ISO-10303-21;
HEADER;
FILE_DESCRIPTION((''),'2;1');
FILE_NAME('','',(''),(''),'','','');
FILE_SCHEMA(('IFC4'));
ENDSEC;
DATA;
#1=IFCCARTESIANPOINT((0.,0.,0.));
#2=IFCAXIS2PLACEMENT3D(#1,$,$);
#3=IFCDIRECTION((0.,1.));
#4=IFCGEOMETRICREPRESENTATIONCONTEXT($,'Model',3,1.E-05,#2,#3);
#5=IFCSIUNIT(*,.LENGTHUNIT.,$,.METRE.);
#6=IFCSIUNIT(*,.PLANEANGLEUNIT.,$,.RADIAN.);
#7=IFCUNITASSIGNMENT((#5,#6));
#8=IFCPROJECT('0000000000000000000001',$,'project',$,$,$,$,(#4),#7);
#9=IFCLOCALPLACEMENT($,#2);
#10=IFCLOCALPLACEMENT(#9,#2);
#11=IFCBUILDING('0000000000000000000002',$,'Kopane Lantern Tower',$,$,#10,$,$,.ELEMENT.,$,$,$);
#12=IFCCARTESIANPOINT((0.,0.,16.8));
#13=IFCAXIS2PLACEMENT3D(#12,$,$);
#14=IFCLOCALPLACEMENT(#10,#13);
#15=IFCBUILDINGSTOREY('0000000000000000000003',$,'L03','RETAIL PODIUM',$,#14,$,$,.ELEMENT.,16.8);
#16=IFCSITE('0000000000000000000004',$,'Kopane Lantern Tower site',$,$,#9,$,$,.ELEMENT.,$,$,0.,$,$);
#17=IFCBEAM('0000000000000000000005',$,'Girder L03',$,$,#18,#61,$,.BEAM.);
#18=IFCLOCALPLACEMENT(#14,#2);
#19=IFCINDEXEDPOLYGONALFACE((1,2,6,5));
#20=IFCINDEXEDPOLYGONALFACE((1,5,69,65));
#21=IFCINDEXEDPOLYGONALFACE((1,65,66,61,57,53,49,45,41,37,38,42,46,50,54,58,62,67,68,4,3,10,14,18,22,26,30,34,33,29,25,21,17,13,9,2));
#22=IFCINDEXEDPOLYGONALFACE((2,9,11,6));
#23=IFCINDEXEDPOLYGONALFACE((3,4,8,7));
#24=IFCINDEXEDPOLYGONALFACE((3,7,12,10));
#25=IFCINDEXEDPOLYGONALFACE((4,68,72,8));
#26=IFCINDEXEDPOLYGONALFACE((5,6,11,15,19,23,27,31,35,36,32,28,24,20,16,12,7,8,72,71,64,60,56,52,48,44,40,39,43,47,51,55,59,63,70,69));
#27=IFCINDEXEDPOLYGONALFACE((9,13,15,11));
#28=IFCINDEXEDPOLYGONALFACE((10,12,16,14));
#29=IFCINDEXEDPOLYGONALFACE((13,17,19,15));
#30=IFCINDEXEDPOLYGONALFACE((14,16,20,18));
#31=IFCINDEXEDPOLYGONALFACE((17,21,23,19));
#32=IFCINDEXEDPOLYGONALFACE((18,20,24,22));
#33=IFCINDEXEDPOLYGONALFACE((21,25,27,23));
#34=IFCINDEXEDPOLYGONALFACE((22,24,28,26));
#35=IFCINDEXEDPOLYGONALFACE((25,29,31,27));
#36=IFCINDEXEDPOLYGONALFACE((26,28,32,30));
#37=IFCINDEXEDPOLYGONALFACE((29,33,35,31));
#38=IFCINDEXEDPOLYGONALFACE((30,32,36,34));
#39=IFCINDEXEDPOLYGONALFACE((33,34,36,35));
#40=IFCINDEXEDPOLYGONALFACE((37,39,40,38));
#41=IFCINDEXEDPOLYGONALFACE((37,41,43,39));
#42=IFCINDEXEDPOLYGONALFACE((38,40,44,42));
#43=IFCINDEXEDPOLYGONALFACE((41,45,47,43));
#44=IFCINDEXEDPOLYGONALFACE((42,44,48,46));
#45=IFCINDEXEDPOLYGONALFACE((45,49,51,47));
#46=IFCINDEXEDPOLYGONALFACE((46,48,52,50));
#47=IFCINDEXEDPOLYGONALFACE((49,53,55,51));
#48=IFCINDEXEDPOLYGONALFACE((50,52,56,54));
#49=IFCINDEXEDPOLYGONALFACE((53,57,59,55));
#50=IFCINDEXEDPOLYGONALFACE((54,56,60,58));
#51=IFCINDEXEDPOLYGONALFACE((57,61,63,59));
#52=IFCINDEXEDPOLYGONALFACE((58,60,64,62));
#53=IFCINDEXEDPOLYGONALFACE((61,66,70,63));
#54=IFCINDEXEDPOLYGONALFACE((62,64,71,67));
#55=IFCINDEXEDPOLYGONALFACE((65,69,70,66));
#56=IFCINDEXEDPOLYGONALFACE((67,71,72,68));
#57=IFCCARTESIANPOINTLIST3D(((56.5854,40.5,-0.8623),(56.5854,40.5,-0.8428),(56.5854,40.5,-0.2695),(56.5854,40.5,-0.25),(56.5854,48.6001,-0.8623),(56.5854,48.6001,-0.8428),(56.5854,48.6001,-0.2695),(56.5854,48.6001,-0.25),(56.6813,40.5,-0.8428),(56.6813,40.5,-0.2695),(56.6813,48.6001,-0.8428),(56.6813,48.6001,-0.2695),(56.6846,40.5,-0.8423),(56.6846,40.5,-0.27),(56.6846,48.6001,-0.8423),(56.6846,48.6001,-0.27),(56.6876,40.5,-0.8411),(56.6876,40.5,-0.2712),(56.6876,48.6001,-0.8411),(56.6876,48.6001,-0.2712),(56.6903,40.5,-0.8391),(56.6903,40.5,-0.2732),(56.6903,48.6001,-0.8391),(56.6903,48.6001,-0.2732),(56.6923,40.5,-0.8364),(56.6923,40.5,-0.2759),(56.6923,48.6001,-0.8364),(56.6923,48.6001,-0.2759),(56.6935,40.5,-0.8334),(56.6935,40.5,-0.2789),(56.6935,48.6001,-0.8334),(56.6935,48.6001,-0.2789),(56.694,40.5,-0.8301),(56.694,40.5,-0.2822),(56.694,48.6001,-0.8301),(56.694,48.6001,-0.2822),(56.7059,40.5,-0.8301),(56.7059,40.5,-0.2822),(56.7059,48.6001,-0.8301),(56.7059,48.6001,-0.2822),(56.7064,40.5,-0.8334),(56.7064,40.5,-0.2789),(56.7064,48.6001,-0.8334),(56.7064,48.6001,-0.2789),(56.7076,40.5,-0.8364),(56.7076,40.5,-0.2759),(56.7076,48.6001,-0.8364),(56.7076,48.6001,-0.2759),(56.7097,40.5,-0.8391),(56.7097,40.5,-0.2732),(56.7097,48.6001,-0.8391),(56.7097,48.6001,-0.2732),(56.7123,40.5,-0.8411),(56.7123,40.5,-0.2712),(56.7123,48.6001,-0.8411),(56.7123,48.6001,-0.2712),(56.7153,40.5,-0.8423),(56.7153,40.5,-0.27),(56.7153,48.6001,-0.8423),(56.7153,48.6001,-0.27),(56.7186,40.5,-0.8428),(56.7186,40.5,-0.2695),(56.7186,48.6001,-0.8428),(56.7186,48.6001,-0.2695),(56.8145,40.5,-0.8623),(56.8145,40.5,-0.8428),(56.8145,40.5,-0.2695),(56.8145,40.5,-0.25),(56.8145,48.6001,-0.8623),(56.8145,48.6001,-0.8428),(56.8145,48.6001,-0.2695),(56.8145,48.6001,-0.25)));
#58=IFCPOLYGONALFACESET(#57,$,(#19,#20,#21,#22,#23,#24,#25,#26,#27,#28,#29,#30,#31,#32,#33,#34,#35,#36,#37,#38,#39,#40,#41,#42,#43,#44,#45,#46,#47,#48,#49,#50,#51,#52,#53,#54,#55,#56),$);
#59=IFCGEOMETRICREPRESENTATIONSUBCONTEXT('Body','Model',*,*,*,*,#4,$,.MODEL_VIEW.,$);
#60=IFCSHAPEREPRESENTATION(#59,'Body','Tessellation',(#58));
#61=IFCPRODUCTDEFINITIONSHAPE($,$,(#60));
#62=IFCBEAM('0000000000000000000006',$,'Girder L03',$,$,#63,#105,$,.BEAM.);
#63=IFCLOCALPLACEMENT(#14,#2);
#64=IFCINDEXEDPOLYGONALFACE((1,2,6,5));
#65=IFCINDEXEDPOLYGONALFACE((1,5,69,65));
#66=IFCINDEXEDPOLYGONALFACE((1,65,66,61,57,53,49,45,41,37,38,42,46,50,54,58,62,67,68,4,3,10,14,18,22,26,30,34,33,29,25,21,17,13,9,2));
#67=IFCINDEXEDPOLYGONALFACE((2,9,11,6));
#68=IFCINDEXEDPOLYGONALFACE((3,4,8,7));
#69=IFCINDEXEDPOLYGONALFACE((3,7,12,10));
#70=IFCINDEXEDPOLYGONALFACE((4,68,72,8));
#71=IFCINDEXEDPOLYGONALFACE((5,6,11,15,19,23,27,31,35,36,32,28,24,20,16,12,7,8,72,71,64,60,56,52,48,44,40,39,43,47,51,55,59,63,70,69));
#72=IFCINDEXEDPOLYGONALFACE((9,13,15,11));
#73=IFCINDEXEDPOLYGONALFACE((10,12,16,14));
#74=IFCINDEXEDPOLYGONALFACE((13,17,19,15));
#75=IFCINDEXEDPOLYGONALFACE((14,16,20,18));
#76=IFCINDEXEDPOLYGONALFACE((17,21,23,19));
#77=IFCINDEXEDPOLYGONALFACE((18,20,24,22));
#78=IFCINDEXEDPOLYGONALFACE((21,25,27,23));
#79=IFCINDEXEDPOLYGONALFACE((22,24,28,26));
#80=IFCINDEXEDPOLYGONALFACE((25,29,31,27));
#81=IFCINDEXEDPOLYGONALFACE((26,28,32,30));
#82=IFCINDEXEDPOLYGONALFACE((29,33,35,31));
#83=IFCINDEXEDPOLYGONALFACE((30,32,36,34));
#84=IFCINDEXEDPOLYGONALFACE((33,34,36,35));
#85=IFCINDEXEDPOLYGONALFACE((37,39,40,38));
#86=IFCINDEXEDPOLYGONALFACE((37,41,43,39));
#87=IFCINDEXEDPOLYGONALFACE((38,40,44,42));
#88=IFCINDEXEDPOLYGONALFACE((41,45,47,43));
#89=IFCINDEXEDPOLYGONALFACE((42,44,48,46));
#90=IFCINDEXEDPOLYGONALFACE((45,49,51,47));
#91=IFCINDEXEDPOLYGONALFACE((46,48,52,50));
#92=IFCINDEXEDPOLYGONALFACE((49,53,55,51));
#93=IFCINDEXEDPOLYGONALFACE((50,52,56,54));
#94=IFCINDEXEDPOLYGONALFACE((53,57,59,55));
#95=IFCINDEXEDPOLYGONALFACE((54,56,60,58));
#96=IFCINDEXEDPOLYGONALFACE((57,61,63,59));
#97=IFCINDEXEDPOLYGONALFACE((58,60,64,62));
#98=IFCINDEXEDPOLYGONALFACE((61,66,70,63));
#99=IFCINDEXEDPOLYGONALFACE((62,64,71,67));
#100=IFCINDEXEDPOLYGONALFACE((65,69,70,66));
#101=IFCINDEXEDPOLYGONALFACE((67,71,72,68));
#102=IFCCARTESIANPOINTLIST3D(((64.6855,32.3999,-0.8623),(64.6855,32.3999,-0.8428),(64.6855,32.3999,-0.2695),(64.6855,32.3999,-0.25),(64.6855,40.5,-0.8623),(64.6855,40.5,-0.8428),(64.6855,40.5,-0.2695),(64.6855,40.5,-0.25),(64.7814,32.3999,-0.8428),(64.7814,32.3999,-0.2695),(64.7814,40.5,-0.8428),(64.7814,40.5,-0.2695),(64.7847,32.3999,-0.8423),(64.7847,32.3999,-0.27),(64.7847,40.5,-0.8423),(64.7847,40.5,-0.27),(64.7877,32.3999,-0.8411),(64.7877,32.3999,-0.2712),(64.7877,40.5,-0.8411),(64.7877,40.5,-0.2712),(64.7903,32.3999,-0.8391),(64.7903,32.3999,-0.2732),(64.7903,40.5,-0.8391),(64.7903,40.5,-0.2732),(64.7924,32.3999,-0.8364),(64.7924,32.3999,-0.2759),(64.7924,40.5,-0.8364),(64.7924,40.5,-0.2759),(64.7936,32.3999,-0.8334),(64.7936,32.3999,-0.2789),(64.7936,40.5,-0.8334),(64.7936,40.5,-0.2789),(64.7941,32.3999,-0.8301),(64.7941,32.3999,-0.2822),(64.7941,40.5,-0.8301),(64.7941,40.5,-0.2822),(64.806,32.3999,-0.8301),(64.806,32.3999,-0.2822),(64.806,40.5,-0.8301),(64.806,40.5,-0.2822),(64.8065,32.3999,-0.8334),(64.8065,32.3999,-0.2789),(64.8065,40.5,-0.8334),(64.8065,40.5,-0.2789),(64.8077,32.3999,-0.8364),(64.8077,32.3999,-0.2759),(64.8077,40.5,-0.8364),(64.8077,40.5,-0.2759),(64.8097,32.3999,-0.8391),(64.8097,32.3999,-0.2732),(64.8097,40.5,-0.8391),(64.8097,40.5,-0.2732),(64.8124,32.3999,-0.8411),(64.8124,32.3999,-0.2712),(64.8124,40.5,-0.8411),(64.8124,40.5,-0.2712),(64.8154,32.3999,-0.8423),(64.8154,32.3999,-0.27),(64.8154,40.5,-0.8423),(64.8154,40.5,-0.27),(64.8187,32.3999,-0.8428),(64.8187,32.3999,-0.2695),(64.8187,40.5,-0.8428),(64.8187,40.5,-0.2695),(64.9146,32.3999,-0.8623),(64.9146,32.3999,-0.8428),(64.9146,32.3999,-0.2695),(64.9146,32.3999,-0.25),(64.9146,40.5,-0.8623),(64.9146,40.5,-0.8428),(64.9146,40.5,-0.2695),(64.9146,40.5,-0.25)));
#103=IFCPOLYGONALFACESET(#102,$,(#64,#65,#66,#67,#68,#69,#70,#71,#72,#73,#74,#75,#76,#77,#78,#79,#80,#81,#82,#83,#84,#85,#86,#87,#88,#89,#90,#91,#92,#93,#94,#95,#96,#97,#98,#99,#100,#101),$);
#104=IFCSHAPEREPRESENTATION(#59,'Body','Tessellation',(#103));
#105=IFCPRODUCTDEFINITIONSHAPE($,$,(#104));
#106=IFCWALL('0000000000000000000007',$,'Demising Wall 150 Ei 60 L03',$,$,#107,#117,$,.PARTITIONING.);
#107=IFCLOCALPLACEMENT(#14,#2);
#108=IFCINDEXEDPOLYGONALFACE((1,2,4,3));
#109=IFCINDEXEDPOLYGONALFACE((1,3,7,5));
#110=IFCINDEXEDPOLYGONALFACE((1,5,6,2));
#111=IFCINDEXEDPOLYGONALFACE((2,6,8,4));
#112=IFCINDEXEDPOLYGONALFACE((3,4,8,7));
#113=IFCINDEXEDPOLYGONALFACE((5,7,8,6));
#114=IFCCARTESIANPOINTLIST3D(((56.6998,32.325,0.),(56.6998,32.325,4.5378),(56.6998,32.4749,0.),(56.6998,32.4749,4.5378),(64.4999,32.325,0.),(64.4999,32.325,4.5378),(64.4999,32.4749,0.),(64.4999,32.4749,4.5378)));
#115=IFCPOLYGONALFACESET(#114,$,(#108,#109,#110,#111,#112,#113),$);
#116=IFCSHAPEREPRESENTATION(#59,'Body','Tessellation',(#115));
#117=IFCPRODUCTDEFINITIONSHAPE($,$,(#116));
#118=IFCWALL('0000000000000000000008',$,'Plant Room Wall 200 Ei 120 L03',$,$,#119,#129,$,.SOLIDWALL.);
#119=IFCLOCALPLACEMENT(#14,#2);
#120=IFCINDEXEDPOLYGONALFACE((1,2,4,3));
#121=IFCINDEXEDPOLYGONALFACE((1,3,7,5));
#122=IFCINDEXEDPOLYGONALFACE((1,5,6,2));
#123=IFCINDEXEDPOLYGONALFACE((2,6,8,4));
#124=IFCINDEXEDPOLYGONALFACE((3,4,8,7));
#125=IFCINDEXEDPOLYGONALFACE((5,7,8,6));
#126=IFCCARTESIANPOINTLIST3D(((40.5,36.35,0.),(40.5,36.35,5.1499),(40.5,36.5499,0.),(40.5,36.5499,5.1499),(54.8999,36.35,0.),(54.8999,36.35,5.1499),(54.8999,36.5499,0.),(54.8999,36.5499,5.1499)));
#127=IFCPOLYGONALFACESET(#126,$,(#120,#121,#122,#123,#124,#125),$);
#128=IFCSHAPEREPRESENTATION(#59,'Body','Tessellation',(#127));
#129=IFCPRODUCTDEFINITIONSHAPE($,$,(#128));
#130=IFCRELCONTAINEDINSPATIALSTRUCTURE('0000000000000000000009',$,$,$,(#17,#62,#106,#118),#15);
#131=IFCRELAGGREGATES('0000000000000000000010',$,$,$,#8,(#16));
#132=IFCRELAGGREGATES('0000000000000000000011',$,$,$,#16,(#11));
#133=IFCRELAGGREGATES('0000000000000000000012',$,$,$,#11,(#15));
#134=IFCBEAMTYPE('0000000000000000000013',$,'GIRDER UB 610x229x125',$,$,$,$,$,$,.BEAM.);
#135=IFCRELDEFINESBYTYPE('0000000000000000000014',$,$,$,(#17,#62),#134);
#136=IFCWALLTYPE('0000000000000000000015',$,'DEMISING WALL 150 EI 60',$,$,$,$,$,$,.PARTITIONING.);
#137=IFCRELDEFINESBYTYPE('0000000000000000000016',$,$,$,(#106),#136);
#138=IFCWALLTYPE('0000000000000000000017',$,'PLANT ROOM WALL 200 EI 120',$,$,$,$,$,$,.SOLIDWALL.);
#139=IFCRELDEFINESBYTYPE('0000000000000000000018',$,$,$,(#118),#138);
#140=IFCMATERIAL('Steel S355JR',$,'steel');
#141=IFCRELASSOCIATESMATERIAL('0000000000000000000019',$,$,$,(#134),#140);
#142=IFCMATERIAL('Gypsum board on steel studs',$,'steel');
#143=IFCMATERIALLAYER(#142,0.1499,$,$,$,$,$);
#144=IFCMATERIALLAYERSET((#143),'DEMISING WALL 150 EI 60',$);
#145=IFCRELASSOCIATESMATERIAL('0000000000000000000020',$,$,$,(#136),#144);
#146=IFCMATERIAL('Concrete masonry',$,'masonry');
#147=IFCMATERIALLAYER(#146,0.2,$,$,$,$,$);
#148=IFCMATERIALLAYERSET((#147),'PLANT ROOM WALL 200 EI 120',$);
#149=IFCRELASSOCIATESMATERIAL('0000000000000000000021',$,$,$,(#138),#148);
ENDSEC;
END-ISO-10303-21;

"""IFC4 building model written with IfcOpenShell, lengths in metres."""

from ifc_helpers import new_model, si_unit, direction, frame, frame_2d, origin, origin_2d, place, context, subcontext, project, spatial, rectangle, i_section, extrude, material, layer, layer_set, material_profile, profile_set, type_object, element, save


model = new_model("IFC4")

# Units and contexts
model_context = context("Model", 3, precision=1e-05, world=origin(), true_north=direction((0.0, 1.0)))
body_context = subcontext(model_context, "Body", "Model", "MODEL_VIEW")
ifc_project = project(units=[si_unit("LENGTHUNIT", "METRE"), si_unit("PLANEANGLEUNIT", "RADIAN")], contexts=[model_context])

# Site, building, storey
site_placement = place(None, origin())
site = spatial("IfcSite", under=ifc_project, at=site_placement, Name="Kopane Lantern Tower site", CompositionType="ELEMENT", RefElevation=0.0)
building_placement = place(site_placement, origin())
building = spatial("IfcBuilding", under=site, at=building_placement, Name="Kopane Lantern Tower", CompositionType="ELEMENT")
storey_placement = place(building_placement, frame((0.0, 0.0, 16.8)))
storey = spatial("IfcBuildingStorey", under=building, at=storey_placement, Name="L03", Description="RETAIL PODIUM", CompositionType="ELEMENT", Elevation=16.8)

# Beams
ifc_material_1 = material(Name="Steel S355JR", Category="steel")
ifc_material_profile_1 = material_profile(ifc_material_1, i_section(OverallWidth=0.229, OverallDepth=0.6123, WebThickness=0.012, FlangeThickness=0.0195, FilletRadius=0.0127, at=origin_2d()), Name="UB 610x229x125")
ifc_profile_set_1 = profile_set([ifc_material_profile_1], Name="Steel S355JR")
beam_type = type_object("IfcBeamType", Name="GIRDER UB 610x229x125", PredefinedType="BEAM", material=ifc_profile_set_1)
for number, where, z_axis, x_axis, name in (
    (1, (56.7, 40.5, -0.5562), (0.0, 1.0, 0.0), (-1.0, 0.0, 0.0), "Girder L03"),
    (2, (64.8, 32.3999, -0.5562), (0.0, 1.0, 0.0), (-1.0, 0.0, 0.0), "Girder L03"),
):
    element("IfcBeam", number, at=place(storey_placement, frame(where, z_axis=z_axis, x_axis=x_axis)), inside=storey, type_object=beam_type, Name=name, PredefinedType="BEAM", context=body_context, shape_type="SweptSolid", body=[
        extrude(i_section(OverallWidth=0.229, OverallDepth=0.6123, WebThickness=0.012, FlangeThickness=0.0195, FilletRadius=0.0127, at=origin_2d()), origin(), (0.0, 0.0, 1.0), 8.1001),
    ])

# Walls
ifc_material_2 = material(Name="Gypsum board on steel studs", Category="steel")
ifc_layer_1 = layer(ifc_material_2, 0.1499)
ifc_layer_set_1 = layer_set([ifc_layer_1], Name="DEMISING WALL 150 EI 60")
wall_type_1 = type_object("IfcWallType", Name="DEMISING WALL 150 EI 60", PredefinedType="PARTITIONING", material=ifc_layer_set_1)
wall_1_placement = place(storey_placement, frame((56.7, 32.3999, 0.0), z_axis=(0.0, 0.0, 1.0), x_axis=(1.0, 0.0, 0.0)))
element("IfcWall", 3, at=wall_1_placement, inside=storey, type_object=wall_type_1, Name="Demising Wall 150 Ei 60 L03", PredefinedType="PARTITIONING", context=body_context, shape_type="SweptSolid", body=[
    extrude(rectangle(XDim=7.8, YDim=0.1499, at=frame_2d((3.8999, 0.0))), origin(), (0.0, 0.0, 1.0), 4.5378),
])
ifc_material_3 = material(Name="Concrete masonry", Category="masonry")
ifc_layer_2 = layer(ifc_material_3, 0.2)
ifc_layer_set_2 = layer_set([ifc_layer_2], Name="PLANT ROOM WALL 200 EI 120")
wall_type_2 = type_object("IfcWallType", Name="PLANT ROOM WALL 200 EI 120", PredefinedType="SOLIDWALL", material=ifc_layer_set_2)
wall_2_placement = place(storey_placement, frame((54.8999, 36.45, 0.0), z_axis=(0.0, 0.0, 1.0), x_axis=(-1.0, 0.0, 0.0)))
element("IfcWall", 4, at=wall_2_placement, inside=storey, type_object=wall_type_2, Name="Plant Room Wall 200 Ei 120 L03", PredefinedType="SOLIDWALL", context=body_context, shape_type="SweptSolid", body=[
    extrude(rectangle(XDim=14.3999, YDim=0.2, at=frame_2d((7.2, 0.0))), origin(), (0.0, 0.0, 1.0), 5.1499),
])

save(model, "model.ifc")
